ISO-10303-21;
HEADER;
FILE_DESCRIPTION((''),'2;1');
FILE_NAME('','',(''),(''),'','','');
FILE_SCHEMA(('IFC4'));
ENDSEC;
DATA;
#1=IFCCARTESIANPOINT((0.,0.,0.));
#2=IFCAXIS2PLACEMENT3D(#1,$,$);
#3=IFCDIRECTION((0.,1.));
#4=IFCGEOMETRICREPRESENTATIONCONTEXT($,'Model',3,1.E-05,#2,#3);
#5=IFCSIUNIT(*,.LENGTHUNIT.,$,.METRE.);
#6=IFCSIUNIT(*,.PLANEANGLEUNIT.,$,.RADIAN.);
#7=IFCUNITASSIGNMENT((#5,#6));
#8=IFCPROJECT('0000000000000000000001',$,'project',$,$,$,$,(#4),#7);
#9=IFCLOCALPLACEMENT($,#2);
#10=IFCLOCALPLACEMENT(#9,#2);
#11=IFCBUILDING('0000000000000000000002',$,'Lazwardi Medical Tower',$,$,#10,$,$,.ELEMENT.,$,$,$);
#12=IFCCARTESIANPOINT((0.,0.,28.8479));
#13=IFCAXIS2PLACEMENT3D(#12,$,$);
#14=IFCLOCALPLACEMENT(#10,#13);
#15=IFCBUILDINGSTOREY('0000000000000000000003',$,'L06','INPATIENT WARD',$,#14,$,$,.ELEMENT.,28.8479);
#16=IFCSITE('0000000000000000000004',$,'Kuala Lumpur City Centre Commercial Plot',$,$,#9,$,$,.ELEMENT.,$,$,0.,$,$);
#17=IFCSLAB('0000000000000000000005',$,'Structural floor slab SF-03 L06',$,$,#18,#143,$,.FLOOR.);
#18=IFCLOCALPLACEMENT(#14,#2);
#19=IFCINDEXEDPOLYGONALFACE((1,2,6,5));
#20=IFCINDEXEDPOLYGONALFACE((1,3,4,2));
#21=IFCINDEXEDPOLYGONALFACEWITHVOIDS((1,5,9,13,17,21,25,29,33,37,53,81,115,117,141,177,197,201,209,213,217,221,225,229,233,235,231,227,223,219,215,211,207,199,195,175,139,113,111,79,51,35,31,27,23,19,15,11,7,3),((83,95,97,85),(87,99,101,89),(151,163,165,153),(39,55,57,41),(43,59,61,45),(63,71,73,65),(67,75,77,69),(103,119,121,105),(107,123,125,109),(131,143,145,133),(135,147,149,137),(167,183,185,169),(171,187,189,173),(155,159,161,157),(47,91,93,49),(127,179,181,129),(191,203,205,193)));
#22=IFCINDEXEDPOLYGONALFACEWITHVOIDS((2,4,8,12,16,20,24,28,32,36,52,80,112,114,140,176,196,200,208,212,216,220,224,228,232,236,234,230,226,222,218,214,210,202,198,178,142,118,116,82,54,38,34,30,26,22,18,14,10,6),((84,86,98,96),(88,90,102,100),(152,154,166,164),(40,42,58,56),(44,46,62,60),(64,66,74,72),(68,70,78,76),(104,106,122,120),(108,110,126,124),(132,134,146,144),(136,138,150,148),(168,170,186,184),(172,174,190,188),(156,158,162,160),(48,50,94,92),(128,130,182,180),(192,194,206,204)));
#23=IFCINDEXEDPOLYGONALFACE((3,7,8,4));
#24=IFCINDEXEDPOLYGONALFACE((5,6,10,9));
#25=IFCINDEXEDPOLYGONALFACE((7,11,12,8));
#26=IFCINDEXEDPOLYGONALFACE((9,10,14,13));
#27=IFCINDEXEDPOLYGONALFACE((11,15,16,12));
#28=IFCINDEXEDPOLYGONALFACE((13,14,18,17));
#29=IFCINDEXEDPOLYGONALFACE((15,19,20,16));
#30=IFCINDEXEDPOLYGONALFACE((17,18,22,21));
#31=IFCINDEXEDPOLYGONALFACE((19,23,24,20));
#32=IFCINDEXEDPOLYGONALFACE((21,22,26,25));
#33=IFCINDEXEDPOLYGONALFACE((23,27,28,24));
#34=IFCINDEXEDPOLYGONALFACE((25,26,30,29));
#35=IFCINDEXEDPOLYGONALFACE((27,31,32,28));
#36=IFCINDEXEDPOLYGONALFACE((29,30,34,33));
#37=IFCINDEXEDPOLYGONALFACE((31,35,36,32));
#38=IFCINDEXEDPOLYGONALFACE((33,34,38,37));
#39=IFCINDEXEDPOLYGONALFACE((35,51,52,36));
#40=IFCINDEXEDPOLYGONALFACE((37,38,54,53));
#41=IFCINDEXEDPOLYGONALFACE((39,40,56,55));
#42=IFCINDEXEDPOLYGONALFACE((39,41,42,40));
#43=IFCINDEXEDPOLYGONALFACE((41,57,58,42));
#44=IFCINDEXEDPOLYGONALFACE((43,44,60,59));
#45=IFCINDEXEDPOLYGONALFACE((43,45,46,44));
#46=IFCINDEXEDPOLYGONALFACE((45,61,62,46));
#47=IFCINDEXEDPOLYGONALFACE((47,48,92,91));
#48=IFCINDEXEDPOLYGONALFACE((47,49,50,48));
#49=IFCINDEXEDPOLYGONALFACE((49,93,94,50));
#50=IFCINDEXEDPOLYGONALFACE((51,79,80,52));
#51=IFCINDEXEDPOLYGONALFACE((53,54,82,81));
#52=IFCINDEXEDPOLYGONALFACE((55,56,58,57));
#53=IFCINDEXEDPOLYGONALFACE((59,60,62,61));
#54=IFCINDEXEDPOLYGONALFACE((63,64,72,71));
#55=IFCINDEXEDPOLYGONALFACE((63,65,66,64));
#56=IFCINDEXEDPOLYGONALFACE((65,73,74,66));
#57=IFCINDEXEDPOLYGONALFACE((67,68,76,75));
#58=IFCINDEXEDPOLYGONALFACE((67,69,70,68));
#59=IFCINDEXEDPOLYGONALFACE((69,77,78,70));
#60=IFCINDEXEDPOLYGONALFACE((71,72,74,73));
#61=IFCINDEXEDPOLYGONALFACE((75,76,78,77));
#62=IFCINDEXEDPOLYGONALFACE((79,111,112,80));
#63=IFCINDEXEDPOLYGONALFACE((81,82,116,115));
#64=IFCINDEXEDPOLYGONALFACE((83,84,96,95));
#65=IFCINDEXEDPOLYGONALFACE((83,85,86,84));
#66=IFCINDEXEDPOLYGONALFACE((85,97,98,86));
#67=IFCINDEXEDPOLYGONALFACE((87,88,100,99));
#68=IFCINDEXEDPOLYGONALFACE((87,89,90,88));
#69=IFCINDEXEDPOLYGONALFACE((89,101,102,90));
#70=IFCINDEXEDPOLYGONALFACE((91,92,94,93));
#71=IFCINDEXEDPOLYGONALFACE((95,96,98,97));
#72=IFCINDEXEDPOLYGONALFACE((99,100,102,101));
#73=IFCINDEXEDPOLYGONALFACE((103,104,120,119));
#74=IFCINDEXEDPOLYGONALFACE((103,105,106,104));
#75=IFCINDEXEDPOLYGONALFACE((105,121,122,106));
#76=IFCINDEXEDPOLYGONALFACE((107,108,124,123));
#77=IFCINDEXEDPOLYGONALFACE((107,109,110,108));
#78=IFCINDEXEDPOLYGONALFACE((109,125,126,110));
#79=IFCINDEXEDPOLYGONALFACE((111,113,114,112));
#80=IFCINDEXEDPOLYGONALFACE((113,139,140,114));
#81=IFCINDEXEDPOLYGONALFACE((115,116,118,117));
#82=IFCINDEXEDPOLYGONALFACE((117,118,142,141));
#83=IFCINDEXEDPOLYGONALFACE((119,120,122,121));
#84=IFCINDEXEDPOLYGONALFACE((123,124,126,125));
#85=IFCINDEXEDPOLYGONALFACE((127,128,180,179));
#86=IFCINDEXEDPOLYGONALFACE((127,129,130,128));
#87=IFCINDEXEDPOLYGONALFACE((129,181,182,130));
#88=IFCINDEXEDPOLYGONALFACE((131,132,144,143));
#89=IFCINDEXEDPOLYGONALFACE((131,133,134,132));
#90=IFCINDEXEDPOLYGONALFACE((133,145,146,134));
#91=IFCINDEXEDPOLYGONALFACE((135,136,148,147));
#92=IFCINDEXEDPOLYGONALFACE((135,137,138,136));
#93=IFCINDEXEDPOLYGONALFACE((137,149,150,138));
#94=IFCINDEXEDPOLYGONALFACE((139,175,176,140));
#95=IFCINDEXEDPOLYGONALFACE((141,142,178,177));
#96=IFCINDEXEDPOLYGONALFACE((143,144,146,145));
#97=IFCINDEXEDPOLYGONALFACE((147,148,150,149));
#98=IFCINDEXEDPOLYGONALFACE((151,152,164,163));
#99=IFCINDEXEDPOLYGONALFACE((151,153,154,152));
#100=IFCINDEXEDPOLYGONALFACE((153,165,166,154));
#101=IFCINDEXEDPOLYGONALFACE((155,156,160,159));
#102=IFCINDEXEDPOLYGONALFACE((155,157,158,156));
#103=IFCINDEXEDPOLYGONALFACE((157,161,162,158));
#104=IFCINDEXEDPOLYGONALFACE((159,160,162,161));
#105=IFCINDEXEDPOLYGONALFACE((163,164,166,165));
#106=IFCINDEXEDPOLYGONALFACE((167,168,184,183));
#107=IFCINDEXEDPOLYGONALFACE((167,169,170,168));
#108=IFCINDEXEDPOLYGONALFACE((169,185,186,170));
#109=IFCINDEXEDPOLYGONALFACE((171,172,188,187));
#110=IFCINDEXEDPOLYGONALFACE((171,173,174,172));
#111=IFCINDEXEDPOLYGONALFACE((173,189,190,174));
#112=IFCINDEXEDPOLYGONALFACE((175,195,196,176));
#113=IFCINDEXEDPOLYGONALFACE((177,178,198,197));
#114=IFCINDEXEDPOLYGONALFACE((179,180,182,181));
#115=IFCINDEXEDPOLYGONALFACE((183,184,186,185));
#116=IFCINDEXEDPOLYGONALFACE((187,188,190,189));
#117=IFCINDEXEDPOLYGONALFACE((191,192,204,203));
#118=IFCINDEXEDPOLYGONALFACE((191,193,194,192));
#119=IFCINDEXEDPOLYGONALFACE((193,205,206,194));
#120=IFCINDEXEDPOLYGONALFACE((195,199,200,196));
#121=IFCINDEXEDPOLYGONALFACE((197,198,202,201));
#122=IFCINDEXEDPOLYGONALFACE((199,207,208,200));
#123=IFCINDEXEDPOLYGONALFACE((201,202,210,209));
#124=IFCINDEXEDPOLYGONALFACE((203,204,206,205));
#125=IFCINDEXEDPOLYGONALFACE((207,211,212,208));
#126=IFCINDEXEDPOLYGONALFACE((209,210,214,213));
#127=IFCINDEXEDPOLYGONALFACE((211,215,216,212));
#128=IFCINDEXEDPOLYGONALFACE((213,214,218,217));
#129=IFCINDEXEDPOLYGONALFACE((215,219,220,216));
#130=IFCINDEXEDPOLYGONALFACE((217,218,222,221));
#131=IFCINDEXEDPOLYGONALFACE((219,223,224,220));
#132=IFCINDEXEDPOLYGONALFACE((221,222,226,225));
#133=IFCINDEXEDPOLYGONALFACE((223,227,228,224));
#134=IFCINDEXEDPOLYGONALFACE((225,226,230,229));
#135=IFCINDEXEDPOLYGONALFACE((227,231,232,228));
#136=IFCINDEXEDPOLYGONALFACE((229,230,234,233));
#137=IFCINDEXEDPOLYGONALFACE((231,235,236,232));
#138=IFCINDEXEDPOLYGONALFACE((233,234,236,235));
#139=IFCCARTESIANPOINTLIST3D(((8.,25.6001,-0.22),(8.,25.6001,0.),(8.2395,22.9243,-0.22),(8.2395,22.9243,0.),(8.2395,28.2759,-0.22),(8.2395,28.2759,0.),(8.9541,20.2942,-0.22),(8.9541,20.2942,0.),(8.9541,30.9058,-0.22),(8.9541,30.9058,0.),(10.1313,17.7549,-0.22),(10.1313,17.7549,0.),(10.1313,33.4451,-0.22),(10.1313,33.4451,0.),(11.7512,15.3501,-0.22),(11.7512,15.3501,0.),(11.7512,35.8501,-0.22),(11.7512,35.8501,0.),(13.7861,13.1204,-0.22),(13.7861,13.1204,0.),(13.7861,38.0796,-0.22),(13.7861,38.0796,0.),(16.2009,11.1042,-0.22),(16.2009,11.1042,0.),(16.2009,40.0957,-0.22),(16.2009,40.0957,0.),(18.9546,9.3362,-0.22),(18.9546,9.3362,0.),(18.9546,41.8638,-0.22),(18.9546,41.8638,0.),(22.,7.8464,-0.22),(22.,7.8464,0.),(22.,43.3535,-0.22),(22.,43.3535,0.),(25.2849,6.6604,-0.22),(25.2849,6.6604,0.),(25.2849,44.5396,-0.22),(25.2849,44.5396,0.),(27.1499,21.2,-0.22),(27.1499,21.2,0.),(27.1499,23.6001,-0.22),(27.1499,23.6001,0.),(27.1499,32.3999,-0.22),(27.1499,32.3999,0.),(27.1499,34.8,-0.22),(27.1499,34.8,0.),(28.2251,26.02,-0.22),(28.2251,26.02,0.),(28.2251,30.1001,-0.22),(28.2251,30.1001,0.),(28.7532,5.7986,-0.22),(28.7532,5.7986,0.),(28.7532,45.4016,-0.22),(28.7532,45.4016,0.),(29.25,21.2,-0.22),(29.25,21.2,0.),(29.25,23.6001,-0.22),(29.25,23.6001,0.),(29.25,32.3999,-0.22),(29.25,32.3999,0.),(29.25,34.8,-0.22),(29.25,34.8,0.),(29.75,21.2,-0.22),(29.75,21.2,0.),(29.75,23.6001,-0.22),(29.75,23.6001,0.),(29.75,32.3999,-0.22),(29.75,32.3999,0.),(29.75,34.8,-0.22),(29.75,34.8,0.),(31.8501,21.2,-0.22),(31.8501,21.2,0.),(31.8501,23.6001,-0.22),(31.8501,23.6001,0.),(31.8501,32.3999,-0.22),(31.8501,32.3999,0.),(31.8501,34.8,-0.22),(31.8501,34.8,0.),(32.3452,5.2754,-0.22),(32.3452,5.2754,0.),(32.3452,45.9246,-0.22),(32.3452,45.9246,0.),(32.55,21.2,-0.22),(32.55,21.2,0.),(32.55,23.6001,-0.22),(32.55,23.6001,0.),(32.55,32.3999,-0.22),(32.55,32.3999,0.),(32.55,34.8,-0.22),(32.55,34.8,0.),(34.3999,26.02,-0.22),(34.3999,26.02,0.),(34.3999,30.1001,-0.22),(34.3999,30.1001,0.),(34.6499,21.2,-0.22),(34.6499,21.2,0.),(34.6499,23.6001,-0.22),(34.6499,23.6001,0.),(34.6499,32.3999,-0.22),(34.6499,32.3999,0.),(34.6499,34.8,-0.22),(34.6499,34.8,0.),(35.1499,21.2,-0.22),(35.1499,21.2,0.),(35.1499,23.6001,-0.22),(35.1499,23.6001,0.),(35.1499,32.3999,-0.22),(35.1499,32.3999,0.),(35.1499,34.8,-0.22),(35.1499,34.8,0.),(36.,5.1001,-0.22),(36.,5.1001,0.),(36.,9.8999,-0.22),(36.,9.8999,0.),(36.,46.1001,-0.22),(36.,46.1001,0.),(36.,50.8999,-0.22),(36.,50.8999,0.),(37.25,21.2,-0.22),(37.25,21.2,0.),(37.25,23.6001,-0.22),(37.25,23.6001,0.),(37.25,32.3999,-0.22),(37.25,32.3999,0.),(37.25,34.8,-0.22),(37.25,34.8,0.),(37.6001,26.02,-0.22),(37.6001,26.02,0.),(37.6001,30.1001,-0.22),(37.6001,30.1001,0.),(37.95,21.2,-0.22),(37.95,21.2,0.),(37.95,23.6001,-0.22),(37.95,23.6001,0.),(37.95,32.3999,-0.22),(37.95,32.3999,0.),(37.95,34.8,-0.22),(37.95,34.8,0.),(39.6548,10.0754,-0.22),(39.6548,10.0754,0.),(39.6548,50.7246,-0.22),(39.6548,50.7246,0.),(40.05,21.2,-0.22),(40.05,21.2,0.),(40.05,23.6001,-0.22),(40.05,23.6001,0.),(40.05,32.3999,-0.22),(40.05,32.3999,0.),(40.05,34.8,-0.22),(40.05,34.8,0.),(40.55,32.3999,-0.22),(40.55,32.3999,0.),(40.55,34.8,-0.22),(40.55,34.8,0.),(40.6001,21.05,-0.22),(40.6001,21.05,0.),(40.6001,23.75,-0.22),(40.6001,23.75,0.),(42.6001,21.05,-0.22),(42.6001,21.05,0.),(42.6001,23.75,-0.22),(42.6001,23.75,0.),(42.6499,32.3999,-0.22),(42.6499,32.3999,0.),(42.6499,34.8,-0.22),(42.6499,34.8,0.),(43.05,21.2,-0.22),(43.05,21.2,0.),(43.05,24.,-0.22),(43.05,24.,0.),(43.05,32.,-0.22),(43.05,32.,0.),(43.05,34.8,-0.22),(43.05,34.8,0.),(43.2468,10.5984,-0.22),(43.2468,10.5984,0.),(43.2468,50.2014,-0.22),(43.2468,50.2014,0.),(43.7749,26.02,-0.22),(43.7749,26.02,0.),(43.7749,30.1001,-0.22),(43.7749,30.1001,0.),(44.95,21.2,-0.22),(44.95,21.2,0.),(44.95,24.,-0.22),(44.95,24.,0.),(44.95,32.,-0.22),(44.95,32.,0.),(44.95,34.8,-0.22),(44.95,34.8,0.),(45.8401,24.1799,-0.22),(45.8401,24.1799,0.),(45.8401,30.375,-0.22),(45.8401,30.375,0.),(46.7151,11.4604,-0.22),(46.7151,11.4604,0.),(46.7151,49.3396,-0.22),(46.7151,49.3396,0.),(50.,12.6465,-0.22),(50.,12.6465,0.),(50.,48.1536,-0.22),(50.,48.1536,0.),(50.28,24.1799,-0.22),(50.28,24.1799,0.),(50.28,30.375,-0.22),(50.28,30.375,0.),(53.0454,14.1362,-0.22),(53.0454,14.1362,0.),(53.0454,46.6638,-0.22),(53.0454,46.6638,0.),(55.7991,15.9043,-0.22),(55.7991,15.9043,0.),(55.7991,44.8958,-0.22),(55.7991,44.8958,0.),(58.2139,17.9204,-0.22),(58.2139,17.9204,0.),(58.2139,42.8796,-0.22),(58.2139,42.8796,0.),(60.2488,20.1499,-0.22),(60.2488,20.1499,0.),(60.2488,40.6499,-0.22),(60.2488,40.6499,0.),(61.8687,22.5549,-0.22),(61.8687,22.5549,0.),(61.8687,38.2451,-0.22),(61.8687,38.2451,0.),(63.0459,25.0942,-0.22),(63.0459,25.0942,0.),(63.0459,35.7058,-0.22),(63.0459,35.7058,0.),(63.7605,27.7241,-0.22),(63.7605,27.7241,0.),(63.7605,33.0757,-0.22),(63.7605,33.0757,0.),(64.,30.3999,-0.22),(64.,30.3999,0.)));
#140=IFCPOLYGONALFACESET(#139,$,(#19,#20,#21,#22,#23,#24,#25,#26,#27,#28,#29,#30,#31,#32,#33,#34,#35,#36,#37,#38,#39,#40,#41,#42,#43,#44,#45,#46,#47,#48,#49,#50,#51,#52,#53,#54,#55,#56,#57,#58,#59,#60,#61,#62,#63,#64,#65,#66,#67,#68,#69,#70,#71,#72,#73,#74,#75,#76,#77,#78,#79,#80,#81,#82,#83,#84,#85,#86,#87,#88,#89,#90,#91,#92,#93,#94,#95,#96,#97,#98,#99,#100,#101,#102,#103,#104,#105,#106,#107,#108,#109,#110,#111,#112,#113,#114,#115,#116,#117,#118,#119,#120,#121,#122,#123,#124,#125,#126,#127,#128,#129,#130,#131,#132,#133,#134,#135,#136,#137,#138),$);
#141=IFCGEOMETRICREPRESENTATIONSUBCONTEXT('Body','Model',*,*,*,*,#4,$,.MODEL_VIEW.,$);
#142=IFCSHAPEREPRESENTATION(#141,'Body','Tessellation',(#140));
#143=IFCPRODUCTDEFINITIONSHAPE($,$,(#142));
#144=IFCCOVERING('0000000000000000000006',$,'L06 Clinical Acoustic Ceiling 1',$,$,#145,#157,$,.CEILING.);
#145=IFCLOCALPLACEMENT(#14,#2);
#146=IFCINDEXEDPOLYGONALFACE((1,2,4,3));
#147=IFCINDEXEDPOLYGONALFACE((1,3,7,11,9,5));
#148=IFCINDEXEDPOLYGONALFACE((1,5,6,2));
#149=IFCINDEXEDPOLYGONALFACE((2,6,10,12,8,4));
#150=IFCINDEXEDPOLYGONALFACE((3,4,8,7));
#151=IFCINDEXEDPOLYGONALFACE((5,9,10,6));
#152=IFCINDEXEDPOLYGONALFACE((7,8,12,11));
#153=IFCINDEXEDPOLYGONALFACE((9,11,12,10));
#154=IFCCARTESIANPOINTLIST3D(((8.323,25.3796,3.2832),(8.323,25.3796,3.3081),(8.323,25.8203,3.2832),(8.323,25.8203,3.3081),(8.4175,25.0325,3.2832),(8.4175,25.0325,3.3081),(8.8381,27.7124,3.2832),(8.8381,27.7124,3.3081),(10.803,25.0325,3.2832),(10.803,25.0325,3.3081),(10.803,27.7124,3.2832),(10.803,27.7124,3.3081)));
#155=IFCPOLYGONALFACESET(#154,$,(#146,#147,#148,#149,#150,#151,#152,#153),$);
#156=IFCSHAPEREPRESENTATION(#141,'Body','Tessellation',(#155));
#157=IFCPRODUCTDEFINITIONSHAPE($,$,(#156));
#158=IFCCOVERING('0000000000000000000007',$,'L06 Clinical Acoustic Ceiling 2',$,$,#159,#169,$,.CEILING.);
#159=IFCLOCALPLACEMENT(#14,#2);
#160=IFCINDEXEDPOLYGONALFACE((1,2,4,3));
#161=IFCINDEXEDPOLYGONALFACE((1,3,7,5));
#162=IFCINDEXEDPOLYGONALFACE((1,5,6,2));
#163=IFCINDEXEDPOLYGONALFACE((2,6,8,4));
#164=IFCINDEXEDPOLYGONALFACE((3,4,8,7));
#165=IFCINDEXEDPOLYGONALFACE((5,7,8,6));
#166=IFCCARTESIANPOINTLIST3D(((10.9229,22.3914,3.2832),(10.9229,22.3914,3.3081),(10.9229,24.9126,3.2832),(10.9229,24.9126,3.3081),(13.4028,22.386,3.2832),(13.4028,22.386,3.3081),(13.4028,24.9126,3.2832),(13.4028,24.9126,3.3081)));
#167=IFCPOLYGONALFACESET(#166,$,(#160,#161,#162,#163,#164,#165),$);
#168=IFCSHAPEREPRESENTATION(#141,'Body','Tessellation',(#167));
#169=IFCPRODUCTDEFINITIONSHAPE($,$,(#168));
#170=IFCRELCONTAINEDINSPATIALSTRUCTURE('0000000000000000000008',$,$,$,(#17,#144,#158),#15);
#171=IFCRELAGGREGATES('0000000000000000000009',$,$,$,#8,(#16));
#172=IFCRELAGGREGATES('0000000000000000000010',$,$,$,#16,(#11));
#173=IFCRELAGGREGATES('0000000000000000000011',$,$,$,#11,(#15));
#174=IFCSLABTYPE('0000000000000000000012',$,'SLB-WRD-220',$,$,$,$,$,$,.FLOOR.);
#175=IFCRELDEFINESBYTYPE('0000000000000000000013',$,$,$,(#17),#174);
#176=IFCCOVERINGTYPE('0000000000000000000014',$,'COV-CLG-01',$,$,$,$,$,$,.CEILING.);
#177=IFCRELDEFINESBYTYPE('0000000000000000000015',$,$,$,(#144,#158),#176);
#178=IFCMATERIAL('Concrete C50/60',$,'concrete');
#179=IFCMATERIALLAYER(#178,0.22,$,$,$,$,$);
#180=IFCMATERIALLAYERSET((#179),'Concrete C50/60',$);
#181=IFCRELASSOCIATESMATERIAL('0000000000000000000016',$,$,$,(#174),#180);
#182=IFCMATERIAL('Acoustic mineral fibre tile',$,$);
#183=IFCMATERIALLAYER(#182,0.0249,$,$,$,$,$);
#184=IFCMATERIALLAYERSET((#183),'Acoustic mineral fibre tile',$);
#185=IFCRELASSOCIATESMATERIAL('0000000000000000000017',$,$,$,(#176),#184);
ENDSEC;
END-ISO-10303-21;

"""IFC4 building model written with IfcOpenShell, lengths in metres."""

from ifc_helpers import new_model, si_unit, direction, frame, origin, place, context, subcontext, project, spatial, polyline, outline, extrude, material, layer, layer_set, type_object, element, save


model = new_model("IFC4")

# Units and contexts
model_context = context("Model", 3, precision=1e-05, world=origin(), true_north=direction((0.0, 1.0)))
body_context = subcontext(model_context, "Body", "Model", "MODEL_VIEW")
ifc_project = project(units=[si_unit("LENGTHUNIT", "METRE"), si_unit("PLANEANGLEUNIT", "RADIAN")], contexts=[model_context])

# Site, building, storey
site_placement = place(None, origin())
site = spatial("IfcSite", under=ifc_project, at=site_placement, Name="Kuala Lumpur City Centre Commercial Plot", CompositionType="ELEMENT", RefElevation=0.0)
building_placement = place(site_placement, origin())
building = spatial("IfcBuilding", under=site, at=building_placement, Name="Lazwardi Medical Tower", CompositionType="ELEMENT")
storey_placement = place(building_placement, frame((0.0, 0.0, 28.8479)))
storey = spatial("IfcBuildingStorey", under=building, at=storey_placement, Name="L06", Description="INPATIENT WARD", CompositionType="ELEMENT", Elevation=28.8479)

# Slab
ifc_material_1 = material(Name="Concrete C50/60", Category="concrete")
ifc_layer_1 = layer(ifc_material_1, 0.22)
ifc_layer_set_1 = layer_set([ifc_layer_1], Name="Concrete C50/60")
slab_type_1 = type_object("IfcSlabType", Name="SLB-WRD-220", PredefinedType="FLOOR", material=ifc_layer_set_1)
slab_1_placement = place(storey_placement, frame((0.0, 0.0, -0.22)))
element("IfcSlab", 1, at=slab_1_placement, inside=storey, type_object=slab_type_1, Name="Structural floor slab SF-03 L06", PredefinedType="FLOOR", context=body_context, shape_type="SweptSolid", body=[
    extrude(outline(polyline([(10.1313, 33.4451), (8.9541, 30.9058), (8.2395, 28.2759), (8.0, 25.6001), (8.2395, 22.9243), (8.9541, 20.2942), (10.1313, 17.7549), (11.7512, 15.3501), (13.7861, 13.1204), (16.2009, 11.1042), (18.9546, 9.3362), (22.0, 7.8464), (25.2849, 6.6604), (28.7532, 5.7986), (32.3452, 5.2754), (36.0, 5.1001), (36.0, 9.8999), (39.6548, 10.0754), (43.2468, 10.5984), (46.7151, 11.4604), (50.0, 12.6465), (53.0454, 14.1362), (55.7991, 15.9043), (58.2139, 17.9204), (60.2488, 20.1499), (61.8687, 22.5549), (63.0459, 25.0942), (63.7605, 27.7241), (64.0, 30.3999), (63.7605, 33.0757), (63.0459, 35.7058), (61.8687, 38.2451), (60.2488, 40.6499), (58.2139, 42.8796), (55.7991, 44.8958), (53.0454, 46.6638), (50.0, 48.1536), (46.7151, 49.3396), (43.2468, 50.2014), (39.6548, 50.7246), (36.0, 50.8999), (36.0, 46.1001), (32.3452, 45.9246), (28.7532, 45.4016), (25.2849, 44.5396), (22.0, 43.3535), (18.9546, 41.8638), (16.2009, 40.0957), (13.7861, 38.0796), (11.7512, 35.8501), (10.1313, 33.4451)]), holes=[polyline([(28.2251, 26.02), (28.2251, 30.1001), (34.3999, 30.1001), (34.3999, 26.02), (28.2251, 26.02)]), polyline([(37.6001, 30.1001), (43.7749, 30.1001), (43.7749, 26.02), (37.6001, 26.02), (37.6001, 30.1001)]), polyline([(50.28, 30.375), (50.28, 24.1799), (45.8401, 24.1799), (45.8401, 30.375), (50.28, 30.375)]), polyline([(29.25, 32.3999), (27.1499, 32.3999), (27.1499, 34.8), (29.25, 34.8), (29.25, 32.3999)]), polyline([(29.75, 32.3999), (29.75, 34.8), (31.8501, 34.8), (31.8501, 32.3999), (29.75, 32.3999)]), polyline([(27.1499, 23.6001), (29.25, 23.6001), (29.25, 21.2), (27.1499, 21.2), (27.1499, 23.6001)]), polyline([(31.8501, 23.6001), (31.8501, 21.2), (29.75, 21.2), (29.75, 23.6001), (31.8501, 23.6001)]), polyline([(34.6499, 32.3999), (32.55, 32.3999), (32.55, 34.8), (34.6499, 34.8), (34.6499, 32.3999)]), polyline([(35.1499, 32.3999), (35.1499, 34.8), (37.25, 34.8), (37.25, 32.3999), (35.1499, 32.3999)]), polyline([(32.55, 23.6001), (34.6499, 23.6001), (34.6499, 21.2), (32.55, 21.2), (32.55, 23.6001)]), polyline([(37.25, 23.6001), (37.25, 21.2), (35.1499, 21.2), (35.1499, 23.6001), (37.25, 23.6001)]), polyline([(40.05, 32.3999), (37.95, 32.3999), (37.95, 34.8), (40.05, 34.8), (40.05, 32.3999)]), polyline([(40.55, 32.3999), (40.55, 34.8), (42.6499, 34.8), (42.6499, 32.3999), (40.55, 32.3999)]), polyline([(37.95, 23.6001), (40.05, 23.6001), (40.05, 21.2), (37.95, 21.2), (37.95, 23.6001)]), polyline([(44.95, 34.8), (44.95, 32.0), (43.05, 32.0), (43.05, 34.8), (44.95, 34.8)]), polyline([(44.95, 21.2), (43.05, 21.2), (43.05, 24.0), (44.95, 24.0), (44.95, 21.2)]), polyline([(40.6001, 21.05), (40.6001, 23.75), (42.6001, 23.75), (42.6001, 21.05), (40.6001, 21.05)])]), origin(), (0.0, 0.0, 1.0), 0.22),
])

# Coverings
ifc_material_2 = material(Name="Acoustic mineral fibre tile")
ifc_layer_2 = layer(ifc_material_2, 0.0249)
ifc_layer_set_2 = layer_set([ifc_layer_2], Name="Acoustic mineral fibre tile")
covering_type_1 = type_object("IfcCoveringType", Name="COV-CLG-01", PredefinedType="CEILING", material=ifc_layer_set_2)
covering_1_placement = place(storey_placement, frame((0.0, 0.0, 3.2832)))
element("IfcCovering", 2, at=covering_1_placement, inside=storey, type_object=covering_type_1, Name="L06 Clinical Acoustic Ceiling 1", PredefinedType="CEILING", context=body_context, shape_type="SweptSolid", body=[
    extrude(outline(polyline([(8.8381, 27.7124), (8.323, 25.8203), (8.323, 25.3796), (8.4175, 25.0325), (10.803, 25.0325), (10.803, 27.7124), (8.8381, 27.7124)])), origin(), (0.0, 0.0, 1.0), 0.0249),
])
covering_2_placement = place(storey_placement, frame((0.0, 0.0, 3.2832)))
element("IfcCovering", 3, at=covering_2_placement, inside=storey, type_object=covering_type_1, Name="L06 Clinical Acoustic Ceiling 2", PredefinedType="CEILING", context=body_context, shape_type="SweptSolid", body=[
    extrude(outline(polyline([(10.9229, 22.3914), (13.4028, 22.386), (13.4028, 24.9126), (10.9229, 24.9126), (10.9229, 22.3914)])), origin(), (0.0, 0.0, 1.0), 0.0249),
])

save(model, "model.ifc")
